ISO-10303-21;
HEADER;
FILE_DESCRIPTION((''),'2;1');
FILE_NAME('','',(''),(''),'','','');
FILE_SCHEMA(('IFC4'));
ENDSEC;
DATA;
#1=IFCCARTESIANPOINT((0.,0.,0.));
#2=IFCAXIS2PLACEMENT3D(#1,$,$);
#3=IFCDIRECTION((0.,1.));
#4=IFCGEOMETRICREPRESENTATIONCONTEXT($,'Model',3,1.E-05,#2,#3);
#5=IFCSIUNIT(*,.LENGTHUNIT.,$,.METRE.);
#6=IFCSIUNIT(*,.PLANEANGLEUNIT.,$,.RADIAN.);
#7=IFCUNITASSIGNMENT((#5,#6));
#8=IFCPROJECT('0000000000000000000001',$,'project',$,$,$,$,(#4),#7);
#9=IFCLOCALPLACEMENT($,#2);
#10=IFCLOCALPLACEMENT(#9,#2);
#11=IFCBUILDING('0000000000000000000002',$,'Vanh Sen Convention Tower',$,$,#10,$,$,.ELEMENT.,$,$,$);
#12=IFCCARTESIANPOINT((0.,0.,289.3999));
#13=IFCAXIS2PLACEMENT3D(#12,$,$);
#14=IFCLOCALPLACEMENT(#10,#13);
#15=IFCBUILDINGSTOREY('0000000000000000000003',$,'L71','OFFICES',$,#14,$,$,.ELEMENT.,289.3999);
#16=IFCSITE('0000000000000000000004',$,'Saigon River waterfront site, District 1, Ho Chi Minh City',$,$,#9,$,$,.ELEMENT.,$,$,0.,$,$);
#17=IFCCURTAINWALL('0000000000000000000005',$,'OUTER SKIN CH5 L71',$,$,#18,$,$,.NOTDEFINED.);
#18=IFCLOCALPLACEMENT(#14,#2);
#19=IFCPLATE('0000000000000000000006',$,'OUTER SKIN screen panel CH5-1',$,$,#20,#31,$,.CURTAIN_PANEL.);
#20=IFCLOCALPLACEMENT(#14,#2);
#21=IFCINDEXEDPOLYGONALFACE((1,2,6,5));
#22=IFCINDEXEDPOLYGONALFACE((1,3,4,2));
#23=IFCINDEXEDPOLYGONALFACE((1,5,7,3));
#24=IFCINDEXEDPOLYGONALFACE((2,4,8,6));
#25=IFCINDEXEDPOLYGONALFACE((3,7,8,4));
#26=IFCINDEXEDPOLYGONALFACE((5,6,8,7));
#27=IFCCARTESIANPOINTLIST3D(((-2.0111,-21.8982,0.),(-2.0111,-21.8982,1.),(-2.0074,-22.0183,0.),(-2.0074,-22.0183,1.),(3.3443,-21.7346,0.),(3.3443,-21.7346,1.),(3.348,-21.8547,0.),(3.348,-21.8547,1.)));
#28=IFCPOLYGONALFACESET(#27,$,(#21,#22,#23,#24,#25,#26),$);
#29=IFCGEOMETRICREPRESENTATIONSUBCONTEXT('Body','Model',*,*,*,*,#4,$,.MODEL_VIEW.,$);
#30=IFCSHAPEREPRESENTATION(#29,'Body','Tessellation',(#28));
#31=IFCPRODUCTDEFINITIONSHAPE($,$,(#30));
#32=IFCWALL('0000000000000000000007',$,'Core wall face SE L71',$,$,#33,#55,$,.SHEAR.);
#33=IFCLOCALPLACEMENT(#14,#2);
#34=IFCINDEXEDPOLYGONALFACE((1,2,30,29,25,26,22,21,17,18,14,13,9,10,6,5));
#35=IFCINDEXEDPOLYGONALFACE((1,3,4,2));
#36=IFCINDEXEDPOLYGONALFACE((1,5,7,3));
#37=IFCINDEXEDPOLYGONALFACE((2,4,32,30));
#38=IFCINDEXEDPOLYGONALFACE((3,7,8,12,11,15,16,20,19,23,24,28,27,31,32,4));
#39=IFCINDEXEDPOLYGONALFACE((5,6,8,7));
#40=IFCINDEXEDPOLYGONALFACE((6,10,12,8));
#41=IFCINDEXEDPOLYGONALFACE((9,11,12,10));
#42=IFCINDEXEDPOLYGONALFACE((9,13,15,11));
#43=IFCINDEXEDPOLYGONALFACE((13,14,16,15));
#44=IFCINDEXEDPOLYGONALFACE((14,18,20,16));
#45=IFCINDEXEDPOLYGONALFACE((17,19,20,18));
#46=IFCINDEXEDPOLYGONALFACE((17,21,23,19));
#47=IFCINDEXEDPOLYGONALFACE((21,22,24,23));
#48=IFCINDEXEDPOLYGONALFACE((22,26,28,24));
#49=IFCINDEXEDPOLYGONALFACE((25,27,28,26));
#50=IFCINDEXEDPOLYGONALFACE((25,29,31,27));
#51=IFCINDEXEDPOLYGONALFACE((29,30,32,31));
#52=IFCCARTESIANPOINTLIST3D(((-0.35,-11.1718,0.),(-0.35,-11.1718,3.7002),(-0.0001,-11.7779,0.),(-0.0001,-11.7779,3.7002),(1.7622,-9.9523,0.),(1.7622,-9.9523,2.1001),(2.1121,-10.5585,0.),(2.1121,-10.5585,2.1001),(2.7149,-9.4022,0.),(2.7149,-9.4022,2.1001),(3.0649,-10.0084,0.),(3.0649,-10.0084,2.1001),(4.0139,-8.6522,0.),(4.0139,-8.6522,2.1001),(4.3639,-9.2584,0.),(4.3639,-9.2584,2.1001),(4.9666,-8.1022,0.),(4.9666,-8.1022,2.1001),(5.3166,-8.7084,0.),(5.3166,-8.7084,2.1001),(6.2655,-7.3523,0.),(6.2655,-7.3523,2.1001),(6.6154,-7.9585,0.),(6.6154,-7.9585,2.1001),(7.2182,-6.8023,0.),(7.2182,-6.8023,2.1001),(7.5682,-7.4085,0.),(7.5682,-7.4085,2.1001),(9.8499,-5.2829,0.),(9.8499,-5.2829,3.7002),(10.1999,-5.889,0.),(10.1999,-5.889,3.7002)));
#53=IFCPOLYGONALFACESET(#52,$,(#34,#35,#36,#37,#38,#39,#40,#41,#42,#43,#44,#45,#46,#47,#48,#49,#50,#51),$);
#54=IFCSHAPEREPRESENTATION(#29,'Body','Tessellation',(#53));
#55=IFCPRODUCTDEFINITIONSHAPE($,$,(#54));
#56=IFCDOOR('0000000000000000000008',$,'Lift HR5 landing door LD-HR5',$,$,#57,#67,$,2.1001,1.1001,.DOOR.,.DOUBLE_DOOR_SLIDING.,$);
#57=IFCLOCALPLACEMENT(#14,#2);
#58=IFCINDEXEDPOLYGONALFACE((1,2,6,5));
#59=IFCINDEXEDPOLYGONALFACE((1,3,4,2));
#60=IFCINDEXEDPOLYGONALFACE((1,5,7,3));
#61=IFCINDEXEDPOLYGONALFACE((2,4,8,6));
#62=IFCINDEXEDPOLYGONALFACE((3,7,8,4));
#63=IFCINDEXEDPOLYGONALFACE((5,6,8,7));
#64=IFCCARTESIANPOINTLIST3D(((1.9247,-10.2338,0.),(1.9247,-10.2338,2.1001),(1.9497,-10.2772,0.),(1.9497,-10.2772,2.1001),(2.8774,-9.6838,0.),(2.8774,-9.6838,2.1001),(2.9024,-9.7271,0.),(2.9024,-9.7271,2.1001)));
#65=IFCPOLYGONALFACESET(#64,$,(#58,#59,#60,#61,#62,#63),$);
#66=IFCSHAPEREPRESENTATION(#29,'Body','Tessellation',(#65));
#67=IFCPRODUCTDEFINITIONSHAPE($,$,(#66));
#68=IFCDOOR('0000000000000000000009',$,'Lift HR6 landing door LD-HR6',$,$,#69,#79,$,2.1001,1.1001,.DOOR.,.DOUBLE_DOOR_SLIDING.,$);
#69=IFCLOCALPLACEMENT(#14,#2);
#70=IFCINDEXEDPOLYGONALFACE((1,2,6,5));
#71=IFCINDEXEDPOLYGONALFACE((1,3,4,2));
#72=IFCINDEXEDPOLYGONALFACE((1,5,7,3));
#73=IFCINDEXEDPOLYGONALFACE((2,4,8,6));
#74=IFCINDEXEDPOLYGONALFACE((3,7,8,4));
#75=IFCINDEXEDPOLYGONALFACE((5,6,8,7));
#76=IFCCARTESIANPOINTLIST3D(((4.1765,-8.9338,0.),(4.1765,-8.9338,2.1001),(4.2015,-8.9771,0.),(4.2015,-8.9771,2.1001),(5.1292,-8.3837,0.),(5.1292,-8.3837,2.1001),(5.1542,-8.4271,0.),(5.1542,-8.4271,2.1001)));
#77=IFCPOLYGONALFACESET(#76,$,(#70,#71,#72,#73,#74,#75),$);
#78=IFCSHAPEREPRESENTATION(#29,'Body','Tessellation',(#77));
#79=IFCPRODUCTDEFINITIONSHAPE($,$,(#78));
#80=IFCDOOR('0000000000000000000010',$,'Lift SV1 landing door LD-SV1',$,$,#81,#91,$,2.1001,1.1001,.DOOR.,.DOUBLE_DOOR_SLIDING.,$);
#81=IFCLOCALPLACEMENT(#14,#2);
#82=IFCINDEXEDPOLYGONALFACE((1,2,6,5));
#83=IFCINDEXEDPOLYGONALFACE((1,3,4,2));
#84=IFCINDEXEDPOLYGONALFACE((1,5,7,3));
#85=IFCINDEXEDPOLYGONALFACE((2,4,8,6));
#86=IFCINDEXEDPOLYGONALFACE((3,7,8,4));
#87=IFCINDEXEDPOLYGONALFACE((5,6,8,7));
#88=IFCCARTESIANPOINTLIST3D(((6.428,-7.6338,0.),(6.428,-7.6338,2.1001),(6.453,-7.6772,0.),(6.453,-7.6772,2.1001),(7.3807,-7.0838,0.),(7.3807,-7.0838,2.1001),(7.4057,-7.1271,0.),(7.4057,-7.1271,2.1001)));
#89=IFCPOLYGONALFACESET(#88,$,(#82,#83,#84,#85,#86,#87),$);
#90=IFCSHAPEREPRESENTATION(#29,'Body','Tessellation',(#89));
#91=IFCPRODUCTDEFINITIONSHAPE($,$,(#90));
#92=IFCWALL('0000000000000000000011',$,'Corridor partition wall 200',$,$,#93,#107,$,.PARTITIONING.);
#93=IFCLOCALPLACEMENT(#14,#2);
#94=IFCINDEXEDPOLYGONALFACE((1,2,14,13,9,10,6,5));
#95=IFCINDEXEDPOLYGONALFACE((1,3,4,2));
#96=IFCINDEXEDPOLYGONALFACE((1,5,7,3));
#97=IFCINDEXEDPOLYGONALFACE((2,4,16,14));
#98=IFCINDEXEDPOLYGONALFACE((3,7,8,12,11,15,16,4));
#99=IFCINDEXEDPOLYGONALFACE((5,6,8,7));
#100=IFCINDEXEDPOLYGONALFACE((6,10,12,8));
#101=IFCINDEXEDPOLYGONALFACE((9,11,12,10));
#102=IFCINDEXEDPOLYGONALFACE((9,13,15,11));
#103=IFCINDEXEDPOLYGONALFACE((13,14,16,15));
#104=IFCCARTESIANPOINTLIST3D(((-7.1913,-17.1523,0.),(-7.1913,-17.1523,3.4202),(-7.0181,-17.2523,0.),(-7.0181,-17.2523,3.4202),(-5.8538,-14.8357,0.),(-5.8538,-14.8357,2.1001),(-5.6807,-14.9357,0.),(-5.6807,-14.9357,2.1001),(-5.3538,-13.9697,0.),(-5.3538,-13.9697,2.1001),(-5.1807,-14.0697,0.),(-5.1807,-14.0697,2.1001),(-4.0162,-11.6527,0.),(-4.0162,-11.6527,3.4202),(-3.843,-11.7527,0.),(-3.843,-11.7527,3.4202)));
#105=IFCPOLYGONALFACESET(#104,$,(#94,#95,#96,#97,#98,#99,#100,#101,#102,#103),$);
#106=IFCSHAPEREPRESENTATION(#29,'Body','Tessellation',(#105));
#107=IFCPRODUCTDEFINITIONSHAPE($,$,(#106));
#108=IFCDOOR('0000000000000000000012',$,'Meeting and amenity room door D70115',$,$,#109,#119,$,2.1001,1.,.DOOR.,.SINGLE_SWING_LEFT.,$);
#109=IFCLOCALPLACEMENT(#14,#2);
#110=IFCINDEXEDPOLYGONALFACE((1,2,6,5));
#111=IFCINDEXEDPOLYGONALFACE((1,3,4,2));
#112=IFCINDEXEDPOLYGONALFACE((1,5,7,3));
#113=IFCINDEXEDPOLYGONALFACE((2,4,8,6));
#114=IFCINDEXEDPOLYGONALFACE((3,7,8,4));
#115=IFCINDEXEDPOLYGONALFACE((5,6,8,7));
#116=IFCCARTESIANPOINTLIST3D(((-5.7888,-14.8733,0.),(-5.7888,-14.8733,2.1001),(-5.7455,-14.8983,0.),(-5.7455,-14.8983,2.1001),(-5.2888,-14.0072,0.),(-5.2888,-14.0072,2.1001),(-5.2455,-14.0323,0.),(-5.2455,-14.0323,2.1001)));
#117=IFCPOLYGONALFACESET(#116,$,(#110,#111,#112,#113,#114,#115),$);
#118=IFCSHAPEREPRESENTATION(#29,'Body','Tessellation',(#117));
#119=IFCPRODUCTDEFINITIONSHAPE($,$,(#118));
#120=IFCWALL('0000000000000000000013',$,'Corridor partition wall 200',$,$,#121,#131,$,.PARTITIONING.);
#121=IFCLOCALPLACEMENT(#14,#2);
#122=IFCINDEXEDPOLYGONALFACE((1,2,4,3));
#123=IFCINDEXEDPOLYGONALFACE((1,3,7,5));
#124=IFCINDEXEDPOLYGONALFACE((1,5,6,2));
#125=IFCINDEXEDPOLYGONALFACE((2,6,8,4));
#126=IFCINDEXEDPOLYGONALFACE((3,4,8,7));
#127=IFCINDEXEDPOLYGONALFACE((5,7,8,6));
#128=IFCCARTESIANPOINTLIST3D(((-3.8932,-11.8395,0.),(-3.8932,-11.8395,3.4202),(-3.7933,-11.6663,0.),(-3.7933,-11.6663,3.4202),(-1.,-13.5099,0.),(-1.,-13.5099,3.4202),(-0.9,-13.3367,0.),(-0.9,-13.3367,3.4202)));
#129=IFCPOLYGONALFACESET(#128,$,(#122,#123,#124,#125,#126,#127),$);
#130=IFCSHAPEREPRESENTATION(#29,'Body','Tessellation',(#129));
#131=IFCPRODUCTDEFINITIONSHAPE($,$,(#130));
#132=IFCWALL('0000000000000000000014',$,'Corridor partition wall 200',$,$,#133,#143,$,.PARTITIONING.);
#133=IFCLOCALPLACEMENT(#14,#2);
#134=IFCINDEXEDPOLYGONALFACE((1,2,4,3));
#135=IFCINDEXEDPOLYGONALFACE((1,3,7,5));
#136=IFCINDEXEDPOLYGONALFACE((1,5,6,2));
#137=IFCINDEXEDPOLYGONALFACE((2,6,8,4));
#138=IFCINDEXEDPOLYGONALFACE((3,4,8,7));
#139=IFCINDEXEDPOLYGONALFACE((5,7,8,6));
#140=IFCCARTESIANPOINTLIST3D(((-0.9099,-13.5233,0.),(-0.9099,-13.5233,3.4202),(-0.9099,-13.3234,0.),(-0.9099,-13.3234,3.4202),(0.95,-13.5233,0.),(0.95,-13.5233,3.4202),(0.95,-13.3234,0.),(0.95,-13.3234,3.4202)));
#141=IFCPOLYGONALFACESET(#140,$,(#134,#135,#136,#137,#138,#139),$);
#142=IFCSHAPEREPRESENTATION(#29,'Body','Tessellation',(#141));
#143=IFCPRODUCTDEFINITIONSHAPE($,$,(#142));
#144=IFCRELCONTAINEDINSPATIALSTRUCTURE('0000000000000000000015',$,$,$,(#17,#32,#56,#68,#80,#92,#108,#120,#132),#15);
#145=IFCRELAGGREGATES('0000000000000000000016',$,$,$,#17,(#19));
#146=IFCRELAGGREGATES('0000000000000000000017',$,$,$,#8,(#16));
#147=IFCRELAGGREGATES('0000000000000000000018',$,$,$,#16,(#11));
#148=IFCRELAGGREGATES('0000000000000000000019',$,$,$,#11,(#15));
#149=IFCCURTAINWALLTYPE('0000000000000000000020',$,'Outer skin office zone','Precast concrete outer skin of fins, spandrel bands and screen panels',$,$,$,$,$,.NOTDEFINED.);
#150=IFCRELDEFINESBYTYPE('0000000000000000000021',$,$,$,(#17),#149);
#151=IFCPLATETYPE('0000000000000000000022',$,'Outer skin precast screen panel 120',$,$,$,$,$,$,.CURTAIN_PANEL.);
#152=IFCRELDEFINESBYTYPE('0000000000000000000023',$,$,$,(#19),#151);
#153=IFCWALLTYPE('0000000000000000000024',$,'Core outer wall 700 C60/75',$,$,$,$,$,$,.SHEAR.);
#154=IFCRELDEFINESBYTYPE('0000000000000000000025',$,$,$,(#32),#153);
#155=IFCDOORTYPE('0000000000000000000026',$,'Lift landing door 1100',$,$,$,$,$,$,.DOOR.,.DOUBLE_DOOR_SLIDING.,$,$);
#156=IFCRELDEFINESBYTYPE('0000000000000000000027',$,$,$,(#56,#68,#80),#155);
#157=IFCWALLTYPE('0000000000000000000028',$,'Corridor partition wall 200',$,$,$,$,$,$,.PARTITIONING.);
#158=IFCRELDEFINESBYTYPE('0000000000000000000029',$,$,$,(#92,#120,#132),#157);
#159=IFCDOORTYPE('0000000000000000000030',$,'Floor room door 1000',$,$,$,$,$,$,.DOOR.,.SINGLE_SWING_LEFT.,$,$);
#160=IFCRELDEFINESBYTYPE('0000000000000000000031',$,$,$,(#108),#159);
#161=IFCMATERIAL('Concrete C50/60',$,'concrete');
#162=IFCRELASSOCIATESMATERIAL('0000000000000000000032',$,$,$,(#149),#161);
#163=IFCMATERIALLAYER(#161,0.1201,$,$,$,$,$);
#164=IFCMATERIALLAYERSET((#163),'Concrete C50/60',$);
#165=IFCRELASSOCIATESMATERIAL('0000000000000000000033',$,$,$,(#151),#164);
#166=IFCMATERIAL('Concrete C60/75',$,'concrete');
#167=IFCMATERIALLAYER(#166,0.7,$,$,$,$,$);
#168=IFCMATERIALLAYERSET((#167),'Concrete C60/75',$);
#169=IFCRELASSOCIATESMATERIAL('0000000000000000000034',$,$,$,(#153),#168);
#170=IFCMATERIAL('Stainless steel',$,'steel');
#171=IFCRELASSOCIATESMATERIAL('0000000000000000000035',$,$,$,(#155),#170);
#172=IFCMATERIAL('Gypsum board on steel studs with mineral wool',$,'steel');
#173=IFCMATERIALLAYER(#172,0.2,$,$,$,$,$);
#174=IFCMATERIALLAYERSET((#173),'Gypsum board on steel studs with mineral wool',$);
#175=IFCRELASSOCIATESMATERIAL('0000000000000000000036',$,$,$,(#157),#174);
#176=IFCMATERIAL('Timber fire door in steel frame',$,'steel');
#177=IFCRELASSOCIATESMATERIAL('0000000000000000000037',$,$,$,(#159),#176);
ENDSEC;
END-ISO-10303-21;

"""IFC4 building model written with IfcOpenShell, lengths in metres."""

from ifc_helpers import new_model, si_unit, direction, frame, frame_2d, origin, origin_2d, place, context, subcontext, project, spatial, rectangle, extrude, material, layer, layer_set, type_object, element, fill, aggregate, save


model = new_model("IFC4")

# Units and contexts
model_context = context("Model", 3, precision=1e-05, world=origin(), true_north=direction((0.0, 1.0)))
body_context = subcontext(model_context, "Body", "Model", "MODEL_VIEW")
ifc_project = project(units=[si_unit("LENGTHUNIT", "METRE"), si_unit("PLANEANGLEUNIT", "RADIAN")], contexts=[model_context])

# Site, building, storey
site_placement = place(None, origin())
site = spatial("IfcSite", under=ifc_project, at=site_placement, Name="Saigon River waterfront site, District 1, Ho Chi Minh City", CompositionType="ELEMENT", RefElevation=0.0)
building_placement = place(site_placement, origin())
building = spatial("IfcBuilding", under=site, at=building_placement, Name="Vanh Sen Convention Tower", CompositionType="ELEMENT")
storey_placement = place(building_placement, frame((0.0, 0.0, 289.3999)))
storey = spatial("IfcBuildingStorey", under=building, at=storey_placement, Name="L71", Description="OFFICES", CompositionType="ELEMENT", Elevation=289.3999)

# Shared definitions
ifc_material_1 = material(Name="Concrete C60/75", Category="concrete")

# Shared definitions
ifc_material_2 = material(Name="Concrete C50/60", Category="concrete")
curtain_wall_type = type_object("IfcCurtainWallType", Name="Outer skin office zone", Description="Precast concrete outer skin of fins, spandrel bands and screen panels", PredefinedType="NOTDEFINED", material=ifc_material_2)

# Curtain wall
curtain_wall_1_placement = place(storey_placement, origin())
curtain_wall_1 = element("IfcCurtainWall", 1, at=curtain_wall_1_placement, inside=storey, type_object=curtain_wall_type, Name="OUTER SKIN CH5 L71", PredefinedType="NOTDEFINED")

# Plate
ifc_layer_1 = layer(ifc_material_2, 0.1201)
ifc_layer_set_1 = layer_set([ifc_layer_1], Name="Concrete C50/60")
plate_type = type_object("IfcPlateType", Name="Outer skin precast screen panel 120", PredefinedType="CURTAIN_PANEL", material=ifc_layer_set_1)
plate_1_placement = place(storey_placement, frame((0.6685, -21.8765, 0.0), z_axis=(0.0, 0.0, 1.0), x_axis=(0.999534, 0.030539, 0.0)))
plate_1 = element("IfcPlate", 2, at=plate_1_placement, type_object=plate_type, Name="OUTER SKIN screen panel CH5-1", PredefinedType="CURTAIN_PANEL", context=body_context, shape_type="SweptSolid", body=[
    extrude(rectangle(XDim=5.3579, YDim=0.1201, at=origin_2d()), origin(), (0.0, 0.0, 1.0), 1.0),
])
aggregate(curtain_wall_1, [plate_1])

# Wall, openings, doors
ifc_layer_2 = layer(ifc_material_1, 0.7)
ifc_layer_set_2 = layer_set([ifc_layer_2], Name="Concrete C60/75")
wall_type_1 = type_object("IfcWallType", Name="Core outer wall 700 C60/75", PredefinedType="SHEAR", material=ifc_layer_set_2)
wall_1_placement = place(storey_placement, frame((-0.175, -11.4749, 0.0), z_axis=(0.0, 0.0, 1.0), x_axis=(0.866026, 0.499998, 0.0)))
wall_1 = element("IfcWall", 3, at=wall_1_placement, inside=storey, type_object=wall_type_1, Name="Core wall face SE L71", PredefinedType="SHEAR", context=body_context, shape_type="SweptSolid", body=[
    extrude(rectangle(XDim=11.7778, YDim=0.7, at=frame_2d((5.8889, 0.0))), origin(), (0.0, 0.0, 1.0), 3.7002),
])
opening_1_placement = place(wall_1_placement, frame((2.439, 0.0, 0.0)))
opening_1 = element("IfcOpeningElement", 4, at=opening_1_placement, cuts=wall_1, PredefinedType="OPENING", context=body_context, shape_type="SweptSolid", body=[
    extrude(rectangle(XDim=1.1001, YDim=2.1001, at=frame_2d((0.55, 1.05))), frame((0.0, 0.3599, 0.0), z_axis=(0.0, -1.0, 0.0), x_axis=(1.0, 0.0, 0.0)), (0.0, 0.0, 1.0), 0.72),
])
opening_2_placement = place(wall_1_placement, frame((5.0391, 0.0, 0.0)))
opening_2 = element("IfcOpeningElement", 5, at=opening_2_placement, cuts=wall_1, PredefinedType="OPENING", context=body_context, shape_type="SweptSolid", body=[
    extrude(rectangle(XDim=1.1001, YDim=2.1001, at=frame_2d((0.55, 1.05))), frame((0.0, 0.3599, 0.0), z_axis=(0.0, -1.0, 0.0), x_axis=(1.0, 0.0, 0.0)), (0.0, 0.0, 1.0), 0.72),
])
opening_3_placement = place(wall_1_placement, frame((7.6389, 0.0, 0.0)))
opening_3 = element("IfcOpeningElement", 6, at=opening_3_placement, cuts=wall_1, PredefinedType="OPENING", context=body_context, shape_type="SweptSolid", body=[
    extrude(rectangle(XDim=1.1001, YDim=2.1001, at=frame_2d((0.55, 1.05))), frame((0.0, 0.3599, 0.0), z_axis=(0.0, -1.0, 0.0), x_axis=(1.0, 0.0, 0.0)), (0.0, 0.0, 1.0), 0.72),
])
ifc_material_3 = material(Name="Stainless steel", Category="steel")
door_type_1 = type_object("IfcDoorType", Name="Lift landing door 1100", OperationType="DOUBLE_DOOR_SLIDING", PredefinedType="DOOR", material=ifc_material_3)
door_1_placement = place(opening_1_placement, origin())
door_1 = element("IfcDoor", 7, at=door_1_placement, inside=storey, type_object=door_type_1, Name="Lift HR5 landing door LD-HR5", OperationType="DOUBLE_DOOR_SLIDING", OverallHeight=2.1001, OverallWidth=1.1001, PredefinedType="DOOR", context=body_context, shape_type="SweptSolid", body=[
    extrude(rectangle(XDim=1.1001, YDim=2.1001, at=frame_2d((0.55, 1.05))), frame((0.0, 0.0249, 0.0), z_axis=(0.0, -1.0, 0.0), x_axis=(1.0, 0.0, 0.0)), (0.0, 0.0, 1.0), 0.05),
])
fill(opening_1, door_1)
door_2_placement = place(opening_2_placement, origin())
door_2 = element("IfcDoor", 8, at=door_2_placement, inside=storey, type_object=door_type_1, Name="Lift HR6 landing door LD-HR6", OperationType="DOUBLE_DOOR_SLIDING", OverallHeight=2.1001, OverallWidth=1.1001, PredefinedType="DOOR", context=body_context, shape_type="SweptSolid", body=[
    extrude(rectangle(XDim=1.1001, YDim=2.1001, at=frame_2d((0.55, 1.05))), frame((0.0, 0.0249, 0.0), z_axis=(0.0, -1.0, 0.0), x_axis=(1.0, 0.0, 0.0)), (0.0, 0.0, 1.0), 0.05),
])
fill(opening_2, door_2)
door_3_placement = place(opening_3_placement, origin())
door_3 = element("IfcDoor", 9, at=door_3_placement, inside=storey, type_object=door_type_1, Name="Lift SV1 landing door LD-SV1", OperationType="DOUBLE_DOOR_SLIDING", OverallHeight=2.1001, OverallWidth=1.1001, PredefinedType="DOOR", context=body_context, shape_type="SweptSolid", body=[
    extrude(rectangle(XDim=1.1001, YDim=2.1001, at=frame_2d((0.55, 1.05))), frame((0.0, 0.0249, 0.0), z_axis=(0.0, -1.0, 0.0), x_axis=(1.0, 0.0, 0.0)), (0.0, 0.0, 1.0), 0.05),
])
fill(opening_3, door_3)

# Wall, opening, door
ifc_material_4 = material(Name="Gypsum board on steel studs with mineral wool", Category="steel")
ifc_layer_3 = layer(ifc_material_4, 0.2)
ifc_layer_set_3 = layer_set([ifc_layer_3], Name="Gypsum board on steel studs with mineral wool")
wall_type_2 = type_object("IfcWallType", Name="Corridor partition wall 200", PredefinedType="PARTITIONING", material=ifc_layer_set_3)
wall_2_placement = place(storey_placement, frame((-7.1047, -17.2024, 0.0), z_axis=(0.0, 0.0, 1.0), x_axis=(0.499989, 0.866032, 0.0)))
wall_2 = element("IfcWall", 10, at=wall_2_placement, inside=storey, type_object=wall_type_2, Name="Corridor partition wall 200", PredefinedType="PARTITIONING", context=body_context, shape_type="SweptSolid", body=[
    extrude(rectangle(XDim=6.3503, YDim=0.2, at=frame_2d((3.1753, 0.0))), origin(), (0.0, 0.0, 1.0), 3.4202),
])
opening_4_placement = place(wall_2_placement, frame((2.675, 0.0, 0.0)))
opening_4 = element("IfcOpeningElement", 11, at=opening_4_placement, cuts=wall_2, PredefinedType="OPENING", context=body_context, shape_type="SweptSolid", body=[
    extrude(rectangle(XDim=1.0, YDim=2.1001, at=frame_2d((0.5, 1.05))), frame((0.0, 0.1099, 0.0), z_axis=(0.0, -1.0, 0.0), x_axis=(1.0, 0.0, 0.0)), (0.0, 0.0, 1.0), 0.22),
])
ifc_material_5 = material(Name="Timber fire door in steel frame", Category="steel")
door_type_2 = type_object("IfcDoorType", Name="Floor room door 1000", OperationType="SINGLE_SWING_LEFT", PredefinedType="DOOR", material=ifc_material_5)
door_4_placement = place(opening_4_placement, origin())
door_4 = element("IfcDoor", 12, at=door_4_placement, inside=storey, type_object=door_type_2, Name="Meeting and amenity room door D70115", OperationType="SINGLE_SWING_LEFT", OverallHeight=2.1001, OverallWidth=1.0, PredefinedType="DOOR", context=body_context, shape_type="SweptSolid", body=[
    extrude(rectangle(XDim=1.0, YDim=2.1001, at=frame_2d((0.5, 1.05))), frame((0.0, 0.0249, 0.0), z_axis=(0.0, -1.0, 0.0), x_axis=(1.0, 0.0, 0.0)), (0.0, 0.0, 1.0), 0.05),
])
fill(opening_4, door_4)

# Walls
wall_3_placement = place(storey_placement, frame((-3.8433, -11.7529, 0.0), z_axis=(0.0, 0.0, 1.0), x_axis=(0.866031, -0.49999, 0.0)))
element("IfcWall", 13, at=wall_3_placement, inside=storey, type_object=wall_type_2, Name="Corridor partition wall 200", PredefinedType="PARTITIONING", context=body_context, shape_type="SweptSolid", body=[
    extrude(rectangle(XDim=3.3408, YDim=0.2, at=frame_2d((1.6704, 0.0))), origin(), (0.0, 0.0, 1.0), 3.4202),
])
wall_4_placement = place(storey_placement, frame((-0.9099, -13.4233, 0.0), z_axis=(0.0, 0.0, 1.0), x_axis=(1.0, 0.0, 0.0)))
element("IfcWall", 14, at=wall_4_placement, inside=storey, type_object=wall_type_2, Name="Corridor partition wall 200", PredefinedType="PARTITIONING", context=body_context, shape_type="SweptSolid", body=[
    extrude(rectangle(XDim=1.8599, YDim=0.2, at=frame_2d((0.9299, 0.0))), origin(), (0.0, 0.0, 1.0), 3.4202),
])

save(model, "model.ifc")
